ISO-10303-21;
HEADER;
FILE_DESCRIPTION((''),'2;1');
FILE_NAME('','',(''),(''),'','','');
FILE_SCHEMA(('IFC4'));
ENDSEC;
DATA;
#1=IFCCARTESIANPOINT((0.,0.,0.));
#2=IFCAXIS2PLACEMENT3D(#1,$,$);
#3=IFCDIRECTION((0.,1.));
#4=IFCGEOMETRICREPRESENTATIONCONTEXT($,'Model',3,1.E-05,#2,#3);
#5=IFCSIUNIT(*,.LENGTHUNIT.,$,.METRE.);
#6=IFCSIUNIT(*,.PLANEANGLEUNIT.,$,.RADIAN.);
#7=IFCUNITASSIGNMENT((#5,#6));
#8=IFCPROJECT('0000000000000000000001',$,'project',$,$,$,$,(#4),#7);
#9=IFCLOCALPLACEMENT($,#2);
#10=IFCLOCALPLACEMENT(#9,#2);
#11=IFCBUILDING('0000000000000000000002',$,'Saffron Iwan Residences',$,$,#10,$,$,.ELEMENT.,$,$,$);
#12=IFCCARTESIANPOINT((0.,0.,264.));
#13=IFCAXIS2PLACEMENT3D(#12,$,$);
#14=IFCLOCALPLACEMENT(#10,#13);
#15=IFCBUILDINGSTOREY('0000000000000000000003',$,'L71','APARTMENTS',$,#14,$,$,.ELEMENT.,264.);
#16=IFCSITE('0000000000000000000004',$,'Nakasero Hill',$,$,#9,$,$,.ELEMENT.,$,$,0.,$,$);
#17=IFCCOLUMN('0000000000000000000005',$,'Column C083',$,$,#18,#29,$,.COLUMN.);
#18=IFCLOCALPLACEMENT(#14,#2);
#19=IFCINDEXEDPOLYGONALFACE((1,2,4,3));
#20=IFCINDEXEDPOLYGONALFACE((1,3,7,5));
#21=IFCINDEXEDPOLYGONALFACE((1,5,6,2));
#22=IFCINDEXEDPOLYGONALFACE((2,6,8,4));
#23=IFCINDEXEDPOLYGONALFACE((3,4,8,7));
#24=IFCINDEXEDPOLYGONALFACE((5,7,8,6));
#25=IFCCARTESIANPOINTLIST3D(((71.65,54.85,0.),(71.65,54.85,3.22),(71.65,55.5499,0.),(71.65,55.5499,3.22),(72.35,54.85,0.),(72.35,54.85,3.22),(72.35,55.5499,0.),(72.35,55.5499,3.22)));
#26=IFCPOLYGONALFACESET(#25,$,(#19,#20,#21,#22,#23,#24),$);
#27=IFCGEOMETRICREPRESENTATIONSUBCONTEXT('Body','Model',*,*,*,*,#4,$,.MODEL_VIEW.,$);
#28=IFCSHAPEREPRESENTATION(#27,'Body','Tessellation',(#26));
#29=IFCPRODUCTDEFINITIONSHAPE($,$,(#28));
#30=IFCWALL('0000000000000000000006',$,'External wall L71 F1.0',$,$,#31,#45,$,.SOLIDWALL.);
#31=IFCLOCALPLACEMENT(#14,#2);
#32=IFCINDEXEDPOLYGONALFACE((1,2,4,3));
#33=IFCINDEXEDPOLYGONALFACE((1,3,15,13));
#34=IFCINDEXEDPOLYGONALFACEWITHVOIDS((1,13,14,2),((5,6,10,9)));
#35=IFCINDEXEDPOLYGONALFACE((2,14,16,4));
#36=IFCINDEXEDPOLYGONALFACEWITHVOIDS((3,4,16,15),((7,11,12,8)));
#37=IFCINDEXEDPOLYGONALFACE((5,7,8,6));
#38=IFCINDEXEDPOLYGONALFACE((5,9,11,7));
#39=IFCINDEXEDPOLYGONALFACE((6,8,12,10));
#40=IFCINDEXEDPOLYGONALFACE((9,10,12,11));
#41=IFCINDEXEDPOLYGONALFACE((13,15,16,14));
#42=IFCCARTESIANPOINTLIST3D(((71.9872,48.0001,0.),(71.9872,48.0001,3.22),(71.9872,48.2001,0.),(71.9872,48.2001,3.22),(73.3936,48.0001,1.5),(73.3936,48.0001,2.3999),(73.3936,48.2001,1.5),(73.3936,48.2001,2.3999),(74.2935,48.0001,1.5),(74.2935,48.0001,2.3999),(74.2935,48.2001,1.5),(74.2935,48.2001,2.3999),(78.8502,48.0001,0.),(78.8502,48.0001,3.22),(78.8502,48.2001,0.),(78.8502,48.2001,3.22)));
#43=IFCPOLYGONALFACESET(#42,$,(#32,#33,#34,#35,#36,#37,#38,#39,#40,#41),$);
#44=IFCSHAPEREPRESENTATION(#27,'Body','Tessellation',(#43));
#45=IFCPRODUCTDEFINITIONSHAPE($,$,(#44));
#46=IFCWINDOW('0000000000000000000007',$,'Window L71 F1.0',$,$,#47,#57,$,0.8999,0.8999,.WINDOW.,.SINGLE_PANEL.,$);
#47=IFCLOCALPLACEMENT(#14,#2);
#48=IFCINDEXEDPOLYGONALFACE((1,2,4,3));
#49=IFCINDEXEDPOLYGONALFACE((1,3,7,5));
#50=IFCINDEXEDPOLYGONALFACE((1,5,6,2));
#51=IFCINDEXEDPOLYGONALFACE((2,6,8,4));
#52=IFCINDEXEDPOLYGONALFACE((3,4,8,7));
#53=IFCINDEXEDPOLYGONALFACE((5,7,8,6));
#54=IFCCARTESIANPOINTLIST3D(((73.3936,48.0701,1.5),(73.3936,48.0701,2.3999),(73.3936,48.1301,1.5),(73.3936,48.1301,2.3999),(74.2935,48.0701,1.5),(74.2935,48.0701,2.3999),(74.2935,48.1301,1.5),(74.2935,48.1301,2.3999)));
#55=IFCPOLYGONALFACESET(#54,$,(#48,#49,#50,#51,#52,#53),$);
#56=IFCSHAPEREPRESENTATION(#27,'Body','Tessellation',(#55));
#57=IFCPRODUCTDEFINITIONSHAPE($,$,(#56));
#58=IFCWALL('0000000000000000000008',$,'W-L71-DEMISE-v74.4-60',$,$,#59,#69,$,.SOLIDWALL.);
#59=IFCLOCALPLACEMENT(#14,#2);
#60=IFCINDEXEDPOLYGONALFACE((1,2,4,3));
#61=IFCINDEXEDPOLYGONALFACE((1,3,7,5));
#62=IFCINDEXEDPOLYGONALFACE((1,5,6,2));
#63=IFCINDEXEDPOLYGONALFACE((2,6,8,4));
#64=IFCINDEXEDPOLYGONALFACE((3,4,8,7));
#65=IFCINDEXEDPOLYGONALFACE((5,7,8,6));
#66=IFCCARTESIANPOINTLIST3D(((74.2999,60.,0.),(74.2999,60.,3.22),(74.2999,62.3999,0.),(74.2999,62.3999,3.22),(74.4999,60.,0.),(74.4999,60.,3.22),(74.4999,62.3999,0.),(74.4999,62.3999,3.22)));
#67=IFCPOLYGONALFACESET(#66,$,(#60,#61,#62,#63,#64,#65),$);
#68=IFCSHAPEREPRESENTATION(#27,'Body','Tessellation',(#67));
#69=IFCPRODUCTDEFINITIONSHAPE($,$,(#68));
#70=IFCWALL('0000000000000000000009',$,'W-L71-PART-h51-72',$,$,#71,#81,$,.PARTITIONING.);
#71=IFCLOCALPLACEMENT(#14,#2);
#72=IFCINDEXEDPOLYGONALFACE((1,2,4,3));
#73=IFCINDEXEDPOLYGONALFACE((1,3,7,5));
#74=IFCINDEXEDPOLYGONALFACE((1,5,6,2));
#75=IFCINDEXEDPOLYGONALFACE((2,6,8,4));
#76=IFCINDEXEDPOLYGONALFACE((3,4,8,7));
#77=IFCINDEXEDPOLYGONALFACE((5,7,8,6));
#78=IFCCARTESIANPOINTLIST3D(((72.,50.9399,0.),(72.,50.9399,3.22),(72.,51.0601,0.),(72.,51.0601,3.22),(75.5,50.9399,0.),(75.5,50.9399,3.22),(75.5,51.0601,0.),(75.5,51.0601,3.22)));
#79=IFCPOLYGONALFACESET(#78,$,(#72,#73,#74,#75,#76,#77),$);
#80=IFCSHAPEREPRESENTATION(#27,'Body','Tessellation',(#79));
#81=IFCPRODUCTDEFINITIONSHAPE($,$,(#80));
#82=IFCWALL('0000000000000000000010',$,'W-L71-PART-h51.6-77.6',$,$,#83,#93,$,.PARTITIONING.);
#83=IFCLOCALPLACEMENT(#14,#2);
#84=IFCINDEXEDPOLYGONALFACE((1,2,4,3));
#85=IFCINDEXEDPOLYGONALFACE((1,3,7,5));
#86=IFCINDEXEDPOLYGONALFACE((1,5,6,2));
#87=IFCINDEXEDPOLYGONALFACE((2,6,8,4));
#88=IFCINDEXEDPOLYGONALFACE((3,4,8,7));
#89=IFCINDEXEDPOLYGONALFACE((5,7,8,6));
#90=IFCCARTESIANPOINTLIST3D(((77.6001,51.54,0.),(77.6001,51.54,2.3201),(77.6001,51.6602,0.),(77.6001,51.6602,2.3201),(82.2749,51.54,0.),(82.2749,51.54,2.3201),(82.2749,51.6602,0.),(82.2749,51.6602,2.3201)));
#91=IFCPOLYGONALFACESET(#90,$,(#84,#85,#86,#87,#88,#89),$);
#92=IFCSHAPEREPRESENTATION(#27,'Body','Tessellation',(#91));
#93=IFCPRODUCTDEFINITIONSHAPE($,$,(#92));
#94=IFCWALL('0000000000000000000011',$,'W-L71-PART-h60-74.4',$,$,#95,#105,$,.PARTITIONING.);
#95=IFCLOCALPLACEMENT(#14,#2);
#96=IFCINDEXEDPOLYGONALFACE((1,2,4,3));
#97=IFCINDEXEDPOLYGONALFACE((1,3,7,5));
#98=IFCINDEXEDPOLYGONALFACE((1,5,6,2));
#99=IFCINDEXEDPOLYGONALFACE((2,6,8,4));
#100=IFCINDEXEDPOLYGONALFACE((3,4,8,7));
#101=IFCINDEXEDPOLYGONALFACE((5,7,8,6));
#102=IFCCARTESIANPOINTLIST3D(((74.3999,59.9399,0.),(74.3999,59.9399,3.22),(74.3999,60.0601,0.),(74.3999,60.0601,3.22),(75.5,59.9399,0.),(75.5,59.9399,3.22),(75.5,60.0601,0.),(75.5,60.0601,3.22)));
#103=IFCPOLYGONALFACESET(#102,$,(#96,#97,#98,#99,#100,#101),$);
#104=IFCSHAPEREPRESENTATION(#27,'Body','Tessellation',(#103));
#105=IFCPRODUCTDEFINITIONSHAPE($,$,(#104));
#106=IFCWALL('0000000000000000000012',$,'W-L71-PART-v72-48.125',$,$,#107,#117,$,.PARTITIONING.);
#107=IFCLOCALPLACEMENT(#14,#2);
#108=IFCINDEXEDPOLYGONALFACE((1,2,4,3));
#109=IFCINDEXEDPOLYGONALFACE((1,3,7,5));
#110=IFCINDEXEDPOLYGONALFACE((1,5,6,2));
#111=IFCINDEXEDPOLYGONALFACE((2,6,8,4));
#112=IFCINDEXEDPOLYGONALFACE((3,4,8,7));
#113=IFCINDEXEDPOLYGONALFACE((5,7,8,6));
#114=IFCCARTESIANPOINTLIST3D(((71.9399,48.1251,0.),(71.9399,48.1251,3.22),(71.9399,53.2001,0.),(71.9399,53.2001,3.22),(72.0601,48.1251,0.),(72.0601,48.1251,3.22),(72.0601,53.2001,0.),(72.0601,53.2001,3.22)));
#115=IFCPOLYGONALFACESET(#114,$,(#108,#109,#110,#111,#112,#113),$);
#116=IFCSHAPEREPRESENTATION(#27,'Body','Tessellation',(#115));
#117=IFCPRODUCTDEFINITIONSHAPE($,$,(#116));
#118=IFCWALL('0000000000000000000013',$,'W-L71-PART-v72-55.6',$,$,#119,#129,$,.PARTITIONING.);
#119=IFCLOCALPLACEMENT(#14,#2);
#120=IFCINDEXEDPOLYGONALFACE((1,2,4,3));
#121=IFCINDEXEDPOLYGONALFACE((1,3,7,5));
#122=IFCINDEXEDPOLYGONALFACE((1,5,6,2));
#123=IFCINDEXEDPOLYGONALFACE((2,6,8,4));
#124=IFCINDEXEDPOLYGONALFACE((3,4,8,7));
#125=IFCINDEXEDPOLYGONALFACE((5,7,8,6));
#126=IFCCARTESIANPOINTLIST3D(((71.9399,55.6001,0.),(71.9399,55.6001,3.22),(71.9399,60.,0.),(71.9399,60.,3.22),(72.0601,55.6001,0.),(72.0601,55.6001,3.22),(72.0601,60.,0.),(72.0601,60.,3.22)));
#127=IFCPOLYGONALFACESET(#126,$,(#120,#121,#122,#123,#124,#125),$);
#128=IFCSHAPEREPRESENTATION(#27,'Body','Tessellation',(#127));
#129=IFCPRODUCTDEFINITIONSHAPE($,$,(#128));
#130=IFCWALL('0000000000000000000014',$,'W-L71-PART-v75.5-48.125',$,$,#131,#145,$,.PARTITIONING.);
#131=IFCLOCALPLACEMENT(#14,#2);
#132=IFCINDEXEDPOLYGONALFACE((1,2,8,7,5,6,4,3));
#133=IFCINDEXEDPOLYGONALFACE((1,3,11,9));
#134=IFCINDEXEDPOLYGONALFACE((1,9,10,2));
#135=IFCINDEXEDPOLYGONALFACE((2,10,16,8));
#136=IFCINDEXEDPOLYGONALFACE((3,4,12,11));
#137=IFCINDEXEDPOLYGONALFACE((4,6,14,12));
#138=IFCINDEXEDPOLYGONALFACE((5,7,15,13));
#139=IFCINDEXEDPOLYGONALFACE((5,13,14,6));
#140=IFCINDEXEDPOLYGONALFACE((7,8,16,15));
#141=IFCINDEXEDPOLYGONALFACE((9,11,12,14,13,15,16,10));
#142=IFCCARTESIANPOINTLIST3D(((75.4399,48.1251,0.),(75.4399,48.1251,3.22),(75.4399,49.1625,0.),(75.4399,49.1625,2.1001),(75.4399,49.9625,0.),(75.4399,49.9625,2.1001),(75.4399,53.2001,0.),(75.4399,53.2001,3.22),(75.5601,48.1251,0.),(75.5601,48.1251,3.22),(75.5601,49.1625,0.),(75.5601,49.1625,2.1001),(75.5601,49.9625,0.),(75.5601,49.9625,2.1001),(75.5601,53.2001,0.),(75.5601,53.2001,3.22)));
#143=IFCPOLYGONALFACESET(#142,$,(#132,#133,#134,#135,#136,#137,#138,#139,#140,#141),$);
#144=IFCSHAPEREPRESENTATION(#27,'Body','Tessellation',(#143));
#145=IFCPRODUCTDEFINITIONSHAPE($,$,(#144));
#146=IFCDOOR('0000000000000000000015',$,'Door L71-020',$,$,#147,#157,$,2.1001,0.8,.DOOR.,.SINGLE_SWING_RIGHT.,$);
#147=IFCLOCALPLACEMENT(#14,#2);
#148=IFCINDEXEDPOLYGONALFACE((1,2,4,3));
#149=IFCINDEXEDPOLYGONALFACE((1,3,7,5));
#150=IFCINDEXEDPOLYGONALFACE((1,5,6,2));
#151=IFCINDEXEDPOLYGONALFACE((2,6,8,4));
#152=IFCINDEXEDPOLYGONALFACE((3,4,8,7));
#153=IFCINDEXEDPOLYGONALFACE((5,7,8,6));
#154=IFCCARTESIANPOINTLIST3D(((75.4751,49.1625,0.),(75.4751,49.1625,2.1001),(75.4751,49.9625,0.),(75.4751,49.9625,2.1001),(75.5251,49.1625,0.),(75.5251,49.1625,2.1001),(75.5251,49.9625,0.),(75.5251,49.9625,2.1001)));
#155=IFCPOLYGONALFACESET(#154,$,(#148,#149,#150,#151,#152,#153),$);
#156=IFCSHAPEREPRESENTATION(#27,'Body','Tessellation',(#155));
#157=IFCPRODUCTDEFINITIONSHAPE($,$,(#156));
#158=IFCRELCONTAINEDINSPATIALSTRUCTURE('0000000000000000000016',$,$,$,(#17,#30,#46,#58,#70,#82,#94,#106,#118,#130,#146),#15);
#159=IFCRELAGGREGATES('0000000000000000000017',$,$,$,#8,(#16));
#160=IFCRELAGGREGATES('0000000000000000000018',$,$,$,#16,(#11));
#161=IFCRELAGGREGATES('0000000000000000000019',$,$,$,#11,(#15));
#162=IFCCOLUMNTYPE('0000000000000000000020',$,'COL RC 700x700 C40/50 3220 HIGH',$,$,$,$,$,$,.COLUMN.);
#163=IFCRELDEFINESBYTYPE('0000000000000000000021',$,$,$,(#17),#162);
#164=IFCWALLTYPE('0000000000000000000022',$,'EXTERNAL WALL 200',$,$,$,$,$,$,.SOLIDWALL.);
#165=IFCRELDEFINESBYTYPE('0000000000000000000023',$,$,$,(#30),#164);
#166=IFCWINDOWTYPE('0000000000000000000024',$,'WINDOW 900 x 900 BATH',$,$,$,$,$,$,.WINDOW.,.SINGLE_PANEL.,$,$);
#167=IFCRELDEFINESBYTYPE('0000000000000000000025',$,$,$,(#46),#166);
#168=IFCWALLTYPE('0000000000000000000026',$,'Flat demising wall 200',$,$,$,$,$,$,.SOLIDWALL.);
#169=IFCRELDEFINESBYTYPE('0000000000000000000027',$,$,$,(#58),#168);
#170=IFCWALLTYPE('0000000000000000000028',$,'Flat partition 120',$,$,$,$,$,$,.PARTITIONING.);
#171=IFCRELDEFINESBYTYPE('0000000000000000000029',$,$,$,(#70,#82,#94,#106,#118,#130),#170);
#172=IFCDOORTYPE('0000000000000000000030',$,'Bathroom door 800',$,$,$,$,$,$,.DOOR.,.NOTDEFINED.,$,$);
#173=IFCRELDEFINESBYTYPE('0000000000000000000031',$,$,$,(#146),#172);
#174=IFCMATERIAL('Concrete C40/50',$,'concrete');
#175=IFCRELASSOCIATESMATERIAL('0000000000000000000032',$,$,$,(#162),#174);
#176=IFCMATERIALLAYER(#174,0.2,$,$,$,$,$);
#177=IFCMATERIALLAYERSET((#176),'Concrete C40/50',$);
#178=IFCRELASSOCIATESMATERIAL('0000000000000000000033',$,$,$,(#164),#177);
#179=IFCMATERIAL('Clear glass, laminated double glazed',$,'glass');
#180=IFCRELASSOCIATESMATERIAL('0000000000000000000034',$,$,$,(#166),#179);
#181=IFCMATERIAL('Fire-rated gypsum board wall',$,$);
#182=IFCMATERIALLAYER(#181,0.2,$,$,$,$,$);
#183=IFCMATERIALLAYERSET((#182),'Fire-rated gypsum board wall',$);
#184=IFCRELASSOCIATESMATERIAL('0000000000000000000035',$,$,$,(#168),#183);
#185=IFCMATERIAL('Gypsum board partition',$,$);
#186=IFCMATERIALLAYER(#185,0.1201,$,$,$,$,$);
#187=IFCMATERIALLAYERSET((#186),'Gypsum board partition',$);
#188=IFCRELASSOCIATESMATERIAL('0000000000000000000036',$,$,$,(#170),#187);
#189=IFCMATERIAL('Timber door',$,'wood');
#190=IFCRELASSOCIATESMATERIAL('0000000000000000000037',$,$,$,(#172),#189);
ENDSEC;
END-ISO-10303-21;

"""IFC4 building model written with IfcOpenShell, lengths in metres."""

from ifc_helpers import new_model, si_unit, direction, frame, frame_2d, origin, origin_2d, place, context, subcontext, project, spatial, rectangle, extrude, source, transform, mapped, material, layer, layer_set, material_profile, profile_set, type_object, element, fill, save


model = new_model("IFC4")

# Units and contexts
model_context = context("Model", 3, precision=1e-05, world=origin(), true_north=direction((0.0, 1.0)))
body_context = subcontext(model_context, "Body", "Model", "MODEL_VIEW")
ifc_project = project(units=[si_unit("LENGTHUNIT", "METRE"), si_unit("PLANEANGLEUNIT", "RADIAN")], contexts=[model_context])

# Site, building, storey
site_placement = place(None, origin())
site = spatial("IfcSite", under=ifc_project, at=site_placement, Name="Nakasero Hill", CompositionType="ELEMENT", RefElevation=0.0)
building_placement = place(site_placement, origin())
building = spatial("IfcBuilding", under=site, at=building_placement, Name="Saffron Iwan Residences", CompositionType="ELEMENT")
storey_placement = place(building_placement, frame((0.0, 0.0, 264.0)))
storey = spatial("IfcBuildingStorey", under=building, at=storey_placement, Name="L71", Description="APARTMENTS", CompositionType="ELEMENT", Elevation=264.0)

# Column
ifc_material_1 = material(Name="Concrete C40/50", Category="concrete")
ifc_material_profile = material_profile(ifc_material_1, rectangle(XDim=0.7, YDim=0.7, at=origin_2d()), Name="RC 700x700")
ifc_profile_set = profile_set([ifc_material_profile], Name="Concrete C40/50")
column_type = type_object("IfcColumnType", Name="COL RC 700x700 C40/50 3220 HIGH", PredefinedType="COLUMN", material=ifc_profile_set)
shared_shape = source(origin(), body_context, "Body", "SweptSolid", [
    extrude(rectangle(XDim=0.7, YDim=0.7, at=origin_2d()), origin(), (0.0, 0.0, 1.0), 3.22),
])
column_placement = place(storey_placement, frame((72.0, 55.2, 0.0), z_axis=(0.0, 0.0, 1.0), x_axis=(1.0, 0.0, 0.0)))
element("IfcColumn", 1, at=column_placement, inside=storey, type_object=column_type, Name="Column C083", PredefinedType="COLUMN", context=body_context, shape_type="MappedRepresentation", body=[
    mapped(shared_shape, transform((0.0, 0.0, 0.0))),
])

# Wall, opening, window
ifc_layer_1 = layer(ifc_material_1, 0.2)
ifc_layer_set_1 = layer_set([ifc_layer_1], Name="Concrete C40/50")
wall_type_1 = type_object("IfcWallType", Name="EXTERNAL WALL 200", PredefinedType="SOLIDWALL", material=ifc_layer_set_1)
wall_1_placement = place(storey_placement, frame((71.9871, 48.1001, 0.0), z_axis=(0.0, 0.0, 1.0), x_axis=(1.0, 0.0, 0.0)))
wall_1 = element("IfcWall", 2, at=wall_1_placement, inside=storey, type_object=wall_type_1, Name="External wall L71 F1.0", PredefinedType="SOLIDWALL", context=body_context, shape_type="SweptSolid", body=[
    extrude(rectangle(XDim=6.863, YDim=0.2, at=frame_2d((3.4316, 0.0))), origin(), (0.0, 0.0, 1.0), 3.22),
])
opening_1_placement = place(wall_1_placement, frame((1.4065, 0.0, 1.5)))
opening_1 = element("IfcOpeningElement", 3, at=opening_1_placement, cuts=wall_1, PredefinedType="OPENING", context=body_context, shape_type="SweptSolid", body=[
    extrude(rectangle(XDim=0.8999, YDim=0.8999, at=frame_2d((0.45, 0.45))), frame((0.0, 0.1099, 0.0), z_axis=(0.0, -1.0, 0.0), x_axis=(1.0, 0.0, 0.0)), (0.0, 0.0, 1.0), 0.22),
])
ifc_material_2 = material(Name="Clear glass, laminated double glazed", Category="glass")
window_type = type_object("IfcWindowType", Name="WINDOW 900 x 900 BATH", PartitioningType="SINGLE_PANEL", PredefinedType="WINDOW", material=ifc_material_2)
window_placement = place(opening_1_placement, origin())
window = element("IfcWindow", 4, at=window_placement, inside=storey, type_object=window_type, Name="Window L71 F1.0", OverallHeight=0.8999, OverallWidth=0.8999, PartitioningType="SINGLE_PANEL", PredefinedType="WINDOW", context=body_context, shape_type="SweptSolid", body=[
    extrude(rectangle(XDim=0.8999, YDim=0.8999, at=frame_2d((0.45, 0.45))), frame((0.0, 0.03, 0.0), z_axis=(0.0, -1.0, 0.0), x_axis=(1.0, 0.0, 0.0)), (0.0, 0.0, 1.0), 0.0601),
])
fill(opening_1, window)

# Walls
ifc_material_3 = material(Name="Fire-rated gypsum board wall")
ifc_layer_2 = layer(ifc_material_3, 0.2)
ifc_layer_set_2 = layer_set([ifc_layer_2], Name="Fire-rated gypsum board wall")
wall_type_2 = type_object("IfcWallType", Name="Flat demising wall 200", PredefinedType="SOLIDWALL", material=ifc_layer_set_2)
wall_2_placement = place(storey_placement, frame((74.3999, 60.0, 0.0), z_axis=(0.0, 0.0, 1.0), x_axis=(0.0, 1.0, 0.0)))
element("IfcWall", 5, at=wall_2_placement, inside=storey, type_object=wall_type_2, Name="W-L71-DEMISE-v74.4-60", PredefinedType="SOLIDWALL", context=body_context, shape_type="SweptSolid", body=[
    extrude(rectangle(XDim=2.3999, YDim=0.2, at=frame_2d((1.2, 0.0))), origin(), (0.0, 0.0, 1.0), 3.22),
])
ifc_material_4 = material(Name="Gypsum board partition")
ifc_layer_3 = layer(ifc_material_4, 0.1201)
ifc_layer_set_3 = layer_set([ifc_layer_3], Name="Gypsum board partition")
wall_type_3 = type_object("IfcWallType", Name="Flat partition 120", PredefinedType="PARTITIONING", material=ifc_layer_set_3)
wall_3_placement = place(storey_placement, frame((72.0, 51.0, 0.0), z_axis=(0.0, 0.0, 1.0), x_axis=(1.0, 0.0, 0.0)))
element("IfcWall", 6, at=wall_3_placement, inside=storey, type_object=wall_type_3, Name="W-L71-PART-h51-72", PredefinedType="PARTITIONING", context=body_context, shape_type="SweptSolid", body=[
    extrude(rectangle(XDim=3.5, YDim=0.1201, at=frame_2d((1.75, 0.0))), origin(), (0.0, 0.0, 1.0), 3.22),
])
wall_4_placement = place(storey_placement, frame((77.6001, 51.6001, 0.0), z_axis=(0.0, 0.0, 1.0), x_axis=(1.0, 0.0, 0.0)))
element("IfcWall", 7, at=wall_4_placement, inside=storey, type_object=wall_type_3, Name="W-L71-PART-h51.6-77.6", PredefinedType="PARTITIONING", context=body_context, shape_type="SweptSolid", body=[
    extrude(rectangle(XDim=4.6748, YDim=0.1201, at=frame_2d((2.3374, 0.0))), origin(), (0.0, 0.0, 1.0), 2.3201),
])
wall_5_placement = place(storey_placement, frame((74.3999, 60.0, 0.0), z_axis=(0.0, 0.0, 1.0), x_axis=(1.0, 0.0, 0.0)))
element("IfcWall", 8, at=wall_5_placement, inside=storey, type_object=wall_type_3, Name="W-L71-PART-h60-74.4", PredefinedType="PARTITIONING", context=body_context, shape_type="SweptSolid", body=[
    extrude(rectangle(XDim=1.1001, YDim=0.1201, at=frame_2d((0.55, 0.0))), origin(), (0.0, 0.0, 1.0), 3.22),
])
wall_6_placement = place(storey_placement, frame((72.0, 48.125, 0.0), z_axis=(0.0, 0.0, 1.0), x_axis=(0.0, 1.0, 0.0)))
element("IfcWall", 9, at=wall_6_placement, inside=storey, type_object=wall_type_3, Name="W-L71-PART-v72-48.125", PredefinedType="PARTITIONING", context=body_context, shape_type="SweptSolid", body=[
    extrude(rectangle(XDim=5.075, YDim=0.1201, at=frame_2d((2.5376, 0.0))), origin(), (0.0, 0.0, 1.0), 3.22),
])
wall_7_placement = place(storey_placement, frame((72.0, 55.6001, 0.0), z_axis=(0.0, 0.0, 1.0), x_axis=(0.0, 1.0, 0.0)))
element("IfcWall", 10, at=wall_7_placement, inside=storey, type_object=wall_type_3, Name="W-L71-PART-v72-55.6", PredefinedType="PARTITIONING", context=body_context, shape_type="SweptSolid", body=[
    extrude(rectangle(XDim=4.3999, YDim=0.1201, at=frame_2d((2.2, 0.0))), origin(), (0.0, 0.0, 1.0), 3.22),
])

# Wall, opening, door
wall_8_placement = place(storey_placement, frame((75.5, 48.125, 0.0), z_axis=(0.0, 0.0, 1.0), x_axis=(0.0, 1.0, 0.0)))
wall_8 = element("IfcWall", 11, at=wall_8_placement, inside=storey, type_object=wall_type_3, Name="W-L71-PART-v75.5-48.125", PredefinedType="PARTITIONING", context=body_context, shape_type="SweptSolid", body=[
    extrude(rectangle(XDim=5.075, YDim=0.1201, at=frame_2d((2.5376, 0.0))), origin(), (0.0, 0.0, 1.0), 3.22),
])
opening_2_placement = place(wall_8_placement, frame((1.0376, 0.0, 0.0)))
opening_2 = element("IfcOpeningElement", 12, at=opening_2_placement, cuts=wall_8, PredefinedType="OPENING", context=body_context, shape_type="SweptSolid", body=[
    extrude(rectangle(XDim=0.8, YDim=2.1001, at=frame_2d((0.3999, 1.05))), frame((0.0, 0.0701, 0.0), z_axis=(0.0, -1.0, 0.0), x_axis=(1.0, 0.0, 0.0)), (0.0, 0.0, 1.0), 0.1401),
])
ifc_material_5 = material(Name="Timber door", Category="wood")
door_type_1 = type_object("IfcDoorType", Name="Bathroom door 800", OperationType="NOTDEFINED", PredefinedType="DOOR", material=ifc_material_5)
door_1_placement = place(opening_2_placement, origin())
door_1 = element("IfcDoor", 13, at=door_1_placement, inside=storey, type_object=door_type_1, Name="Door L71-020", OperationType="SINGLE_SWING_RIGHT", OverallHeight=2.1001, OverallWidth=0.8, PredefinedType="DOOR", context=body_context, shape_type="SweptSolid", body=[
    extrude(rectangle(XDim=0.8, YDim=2.1001, at=frame_2d((0.3999, 1.05))), frame((0.0, 0.0249, 0.0), z_axis=(0.0, -1.0, 0.0), x_axis=(1.0, 0.0, 0.0)), (0.0, 0.0, 1.0), 0.05),
])
fill(opening_2, door_1)

save(model, "model.ifc")
